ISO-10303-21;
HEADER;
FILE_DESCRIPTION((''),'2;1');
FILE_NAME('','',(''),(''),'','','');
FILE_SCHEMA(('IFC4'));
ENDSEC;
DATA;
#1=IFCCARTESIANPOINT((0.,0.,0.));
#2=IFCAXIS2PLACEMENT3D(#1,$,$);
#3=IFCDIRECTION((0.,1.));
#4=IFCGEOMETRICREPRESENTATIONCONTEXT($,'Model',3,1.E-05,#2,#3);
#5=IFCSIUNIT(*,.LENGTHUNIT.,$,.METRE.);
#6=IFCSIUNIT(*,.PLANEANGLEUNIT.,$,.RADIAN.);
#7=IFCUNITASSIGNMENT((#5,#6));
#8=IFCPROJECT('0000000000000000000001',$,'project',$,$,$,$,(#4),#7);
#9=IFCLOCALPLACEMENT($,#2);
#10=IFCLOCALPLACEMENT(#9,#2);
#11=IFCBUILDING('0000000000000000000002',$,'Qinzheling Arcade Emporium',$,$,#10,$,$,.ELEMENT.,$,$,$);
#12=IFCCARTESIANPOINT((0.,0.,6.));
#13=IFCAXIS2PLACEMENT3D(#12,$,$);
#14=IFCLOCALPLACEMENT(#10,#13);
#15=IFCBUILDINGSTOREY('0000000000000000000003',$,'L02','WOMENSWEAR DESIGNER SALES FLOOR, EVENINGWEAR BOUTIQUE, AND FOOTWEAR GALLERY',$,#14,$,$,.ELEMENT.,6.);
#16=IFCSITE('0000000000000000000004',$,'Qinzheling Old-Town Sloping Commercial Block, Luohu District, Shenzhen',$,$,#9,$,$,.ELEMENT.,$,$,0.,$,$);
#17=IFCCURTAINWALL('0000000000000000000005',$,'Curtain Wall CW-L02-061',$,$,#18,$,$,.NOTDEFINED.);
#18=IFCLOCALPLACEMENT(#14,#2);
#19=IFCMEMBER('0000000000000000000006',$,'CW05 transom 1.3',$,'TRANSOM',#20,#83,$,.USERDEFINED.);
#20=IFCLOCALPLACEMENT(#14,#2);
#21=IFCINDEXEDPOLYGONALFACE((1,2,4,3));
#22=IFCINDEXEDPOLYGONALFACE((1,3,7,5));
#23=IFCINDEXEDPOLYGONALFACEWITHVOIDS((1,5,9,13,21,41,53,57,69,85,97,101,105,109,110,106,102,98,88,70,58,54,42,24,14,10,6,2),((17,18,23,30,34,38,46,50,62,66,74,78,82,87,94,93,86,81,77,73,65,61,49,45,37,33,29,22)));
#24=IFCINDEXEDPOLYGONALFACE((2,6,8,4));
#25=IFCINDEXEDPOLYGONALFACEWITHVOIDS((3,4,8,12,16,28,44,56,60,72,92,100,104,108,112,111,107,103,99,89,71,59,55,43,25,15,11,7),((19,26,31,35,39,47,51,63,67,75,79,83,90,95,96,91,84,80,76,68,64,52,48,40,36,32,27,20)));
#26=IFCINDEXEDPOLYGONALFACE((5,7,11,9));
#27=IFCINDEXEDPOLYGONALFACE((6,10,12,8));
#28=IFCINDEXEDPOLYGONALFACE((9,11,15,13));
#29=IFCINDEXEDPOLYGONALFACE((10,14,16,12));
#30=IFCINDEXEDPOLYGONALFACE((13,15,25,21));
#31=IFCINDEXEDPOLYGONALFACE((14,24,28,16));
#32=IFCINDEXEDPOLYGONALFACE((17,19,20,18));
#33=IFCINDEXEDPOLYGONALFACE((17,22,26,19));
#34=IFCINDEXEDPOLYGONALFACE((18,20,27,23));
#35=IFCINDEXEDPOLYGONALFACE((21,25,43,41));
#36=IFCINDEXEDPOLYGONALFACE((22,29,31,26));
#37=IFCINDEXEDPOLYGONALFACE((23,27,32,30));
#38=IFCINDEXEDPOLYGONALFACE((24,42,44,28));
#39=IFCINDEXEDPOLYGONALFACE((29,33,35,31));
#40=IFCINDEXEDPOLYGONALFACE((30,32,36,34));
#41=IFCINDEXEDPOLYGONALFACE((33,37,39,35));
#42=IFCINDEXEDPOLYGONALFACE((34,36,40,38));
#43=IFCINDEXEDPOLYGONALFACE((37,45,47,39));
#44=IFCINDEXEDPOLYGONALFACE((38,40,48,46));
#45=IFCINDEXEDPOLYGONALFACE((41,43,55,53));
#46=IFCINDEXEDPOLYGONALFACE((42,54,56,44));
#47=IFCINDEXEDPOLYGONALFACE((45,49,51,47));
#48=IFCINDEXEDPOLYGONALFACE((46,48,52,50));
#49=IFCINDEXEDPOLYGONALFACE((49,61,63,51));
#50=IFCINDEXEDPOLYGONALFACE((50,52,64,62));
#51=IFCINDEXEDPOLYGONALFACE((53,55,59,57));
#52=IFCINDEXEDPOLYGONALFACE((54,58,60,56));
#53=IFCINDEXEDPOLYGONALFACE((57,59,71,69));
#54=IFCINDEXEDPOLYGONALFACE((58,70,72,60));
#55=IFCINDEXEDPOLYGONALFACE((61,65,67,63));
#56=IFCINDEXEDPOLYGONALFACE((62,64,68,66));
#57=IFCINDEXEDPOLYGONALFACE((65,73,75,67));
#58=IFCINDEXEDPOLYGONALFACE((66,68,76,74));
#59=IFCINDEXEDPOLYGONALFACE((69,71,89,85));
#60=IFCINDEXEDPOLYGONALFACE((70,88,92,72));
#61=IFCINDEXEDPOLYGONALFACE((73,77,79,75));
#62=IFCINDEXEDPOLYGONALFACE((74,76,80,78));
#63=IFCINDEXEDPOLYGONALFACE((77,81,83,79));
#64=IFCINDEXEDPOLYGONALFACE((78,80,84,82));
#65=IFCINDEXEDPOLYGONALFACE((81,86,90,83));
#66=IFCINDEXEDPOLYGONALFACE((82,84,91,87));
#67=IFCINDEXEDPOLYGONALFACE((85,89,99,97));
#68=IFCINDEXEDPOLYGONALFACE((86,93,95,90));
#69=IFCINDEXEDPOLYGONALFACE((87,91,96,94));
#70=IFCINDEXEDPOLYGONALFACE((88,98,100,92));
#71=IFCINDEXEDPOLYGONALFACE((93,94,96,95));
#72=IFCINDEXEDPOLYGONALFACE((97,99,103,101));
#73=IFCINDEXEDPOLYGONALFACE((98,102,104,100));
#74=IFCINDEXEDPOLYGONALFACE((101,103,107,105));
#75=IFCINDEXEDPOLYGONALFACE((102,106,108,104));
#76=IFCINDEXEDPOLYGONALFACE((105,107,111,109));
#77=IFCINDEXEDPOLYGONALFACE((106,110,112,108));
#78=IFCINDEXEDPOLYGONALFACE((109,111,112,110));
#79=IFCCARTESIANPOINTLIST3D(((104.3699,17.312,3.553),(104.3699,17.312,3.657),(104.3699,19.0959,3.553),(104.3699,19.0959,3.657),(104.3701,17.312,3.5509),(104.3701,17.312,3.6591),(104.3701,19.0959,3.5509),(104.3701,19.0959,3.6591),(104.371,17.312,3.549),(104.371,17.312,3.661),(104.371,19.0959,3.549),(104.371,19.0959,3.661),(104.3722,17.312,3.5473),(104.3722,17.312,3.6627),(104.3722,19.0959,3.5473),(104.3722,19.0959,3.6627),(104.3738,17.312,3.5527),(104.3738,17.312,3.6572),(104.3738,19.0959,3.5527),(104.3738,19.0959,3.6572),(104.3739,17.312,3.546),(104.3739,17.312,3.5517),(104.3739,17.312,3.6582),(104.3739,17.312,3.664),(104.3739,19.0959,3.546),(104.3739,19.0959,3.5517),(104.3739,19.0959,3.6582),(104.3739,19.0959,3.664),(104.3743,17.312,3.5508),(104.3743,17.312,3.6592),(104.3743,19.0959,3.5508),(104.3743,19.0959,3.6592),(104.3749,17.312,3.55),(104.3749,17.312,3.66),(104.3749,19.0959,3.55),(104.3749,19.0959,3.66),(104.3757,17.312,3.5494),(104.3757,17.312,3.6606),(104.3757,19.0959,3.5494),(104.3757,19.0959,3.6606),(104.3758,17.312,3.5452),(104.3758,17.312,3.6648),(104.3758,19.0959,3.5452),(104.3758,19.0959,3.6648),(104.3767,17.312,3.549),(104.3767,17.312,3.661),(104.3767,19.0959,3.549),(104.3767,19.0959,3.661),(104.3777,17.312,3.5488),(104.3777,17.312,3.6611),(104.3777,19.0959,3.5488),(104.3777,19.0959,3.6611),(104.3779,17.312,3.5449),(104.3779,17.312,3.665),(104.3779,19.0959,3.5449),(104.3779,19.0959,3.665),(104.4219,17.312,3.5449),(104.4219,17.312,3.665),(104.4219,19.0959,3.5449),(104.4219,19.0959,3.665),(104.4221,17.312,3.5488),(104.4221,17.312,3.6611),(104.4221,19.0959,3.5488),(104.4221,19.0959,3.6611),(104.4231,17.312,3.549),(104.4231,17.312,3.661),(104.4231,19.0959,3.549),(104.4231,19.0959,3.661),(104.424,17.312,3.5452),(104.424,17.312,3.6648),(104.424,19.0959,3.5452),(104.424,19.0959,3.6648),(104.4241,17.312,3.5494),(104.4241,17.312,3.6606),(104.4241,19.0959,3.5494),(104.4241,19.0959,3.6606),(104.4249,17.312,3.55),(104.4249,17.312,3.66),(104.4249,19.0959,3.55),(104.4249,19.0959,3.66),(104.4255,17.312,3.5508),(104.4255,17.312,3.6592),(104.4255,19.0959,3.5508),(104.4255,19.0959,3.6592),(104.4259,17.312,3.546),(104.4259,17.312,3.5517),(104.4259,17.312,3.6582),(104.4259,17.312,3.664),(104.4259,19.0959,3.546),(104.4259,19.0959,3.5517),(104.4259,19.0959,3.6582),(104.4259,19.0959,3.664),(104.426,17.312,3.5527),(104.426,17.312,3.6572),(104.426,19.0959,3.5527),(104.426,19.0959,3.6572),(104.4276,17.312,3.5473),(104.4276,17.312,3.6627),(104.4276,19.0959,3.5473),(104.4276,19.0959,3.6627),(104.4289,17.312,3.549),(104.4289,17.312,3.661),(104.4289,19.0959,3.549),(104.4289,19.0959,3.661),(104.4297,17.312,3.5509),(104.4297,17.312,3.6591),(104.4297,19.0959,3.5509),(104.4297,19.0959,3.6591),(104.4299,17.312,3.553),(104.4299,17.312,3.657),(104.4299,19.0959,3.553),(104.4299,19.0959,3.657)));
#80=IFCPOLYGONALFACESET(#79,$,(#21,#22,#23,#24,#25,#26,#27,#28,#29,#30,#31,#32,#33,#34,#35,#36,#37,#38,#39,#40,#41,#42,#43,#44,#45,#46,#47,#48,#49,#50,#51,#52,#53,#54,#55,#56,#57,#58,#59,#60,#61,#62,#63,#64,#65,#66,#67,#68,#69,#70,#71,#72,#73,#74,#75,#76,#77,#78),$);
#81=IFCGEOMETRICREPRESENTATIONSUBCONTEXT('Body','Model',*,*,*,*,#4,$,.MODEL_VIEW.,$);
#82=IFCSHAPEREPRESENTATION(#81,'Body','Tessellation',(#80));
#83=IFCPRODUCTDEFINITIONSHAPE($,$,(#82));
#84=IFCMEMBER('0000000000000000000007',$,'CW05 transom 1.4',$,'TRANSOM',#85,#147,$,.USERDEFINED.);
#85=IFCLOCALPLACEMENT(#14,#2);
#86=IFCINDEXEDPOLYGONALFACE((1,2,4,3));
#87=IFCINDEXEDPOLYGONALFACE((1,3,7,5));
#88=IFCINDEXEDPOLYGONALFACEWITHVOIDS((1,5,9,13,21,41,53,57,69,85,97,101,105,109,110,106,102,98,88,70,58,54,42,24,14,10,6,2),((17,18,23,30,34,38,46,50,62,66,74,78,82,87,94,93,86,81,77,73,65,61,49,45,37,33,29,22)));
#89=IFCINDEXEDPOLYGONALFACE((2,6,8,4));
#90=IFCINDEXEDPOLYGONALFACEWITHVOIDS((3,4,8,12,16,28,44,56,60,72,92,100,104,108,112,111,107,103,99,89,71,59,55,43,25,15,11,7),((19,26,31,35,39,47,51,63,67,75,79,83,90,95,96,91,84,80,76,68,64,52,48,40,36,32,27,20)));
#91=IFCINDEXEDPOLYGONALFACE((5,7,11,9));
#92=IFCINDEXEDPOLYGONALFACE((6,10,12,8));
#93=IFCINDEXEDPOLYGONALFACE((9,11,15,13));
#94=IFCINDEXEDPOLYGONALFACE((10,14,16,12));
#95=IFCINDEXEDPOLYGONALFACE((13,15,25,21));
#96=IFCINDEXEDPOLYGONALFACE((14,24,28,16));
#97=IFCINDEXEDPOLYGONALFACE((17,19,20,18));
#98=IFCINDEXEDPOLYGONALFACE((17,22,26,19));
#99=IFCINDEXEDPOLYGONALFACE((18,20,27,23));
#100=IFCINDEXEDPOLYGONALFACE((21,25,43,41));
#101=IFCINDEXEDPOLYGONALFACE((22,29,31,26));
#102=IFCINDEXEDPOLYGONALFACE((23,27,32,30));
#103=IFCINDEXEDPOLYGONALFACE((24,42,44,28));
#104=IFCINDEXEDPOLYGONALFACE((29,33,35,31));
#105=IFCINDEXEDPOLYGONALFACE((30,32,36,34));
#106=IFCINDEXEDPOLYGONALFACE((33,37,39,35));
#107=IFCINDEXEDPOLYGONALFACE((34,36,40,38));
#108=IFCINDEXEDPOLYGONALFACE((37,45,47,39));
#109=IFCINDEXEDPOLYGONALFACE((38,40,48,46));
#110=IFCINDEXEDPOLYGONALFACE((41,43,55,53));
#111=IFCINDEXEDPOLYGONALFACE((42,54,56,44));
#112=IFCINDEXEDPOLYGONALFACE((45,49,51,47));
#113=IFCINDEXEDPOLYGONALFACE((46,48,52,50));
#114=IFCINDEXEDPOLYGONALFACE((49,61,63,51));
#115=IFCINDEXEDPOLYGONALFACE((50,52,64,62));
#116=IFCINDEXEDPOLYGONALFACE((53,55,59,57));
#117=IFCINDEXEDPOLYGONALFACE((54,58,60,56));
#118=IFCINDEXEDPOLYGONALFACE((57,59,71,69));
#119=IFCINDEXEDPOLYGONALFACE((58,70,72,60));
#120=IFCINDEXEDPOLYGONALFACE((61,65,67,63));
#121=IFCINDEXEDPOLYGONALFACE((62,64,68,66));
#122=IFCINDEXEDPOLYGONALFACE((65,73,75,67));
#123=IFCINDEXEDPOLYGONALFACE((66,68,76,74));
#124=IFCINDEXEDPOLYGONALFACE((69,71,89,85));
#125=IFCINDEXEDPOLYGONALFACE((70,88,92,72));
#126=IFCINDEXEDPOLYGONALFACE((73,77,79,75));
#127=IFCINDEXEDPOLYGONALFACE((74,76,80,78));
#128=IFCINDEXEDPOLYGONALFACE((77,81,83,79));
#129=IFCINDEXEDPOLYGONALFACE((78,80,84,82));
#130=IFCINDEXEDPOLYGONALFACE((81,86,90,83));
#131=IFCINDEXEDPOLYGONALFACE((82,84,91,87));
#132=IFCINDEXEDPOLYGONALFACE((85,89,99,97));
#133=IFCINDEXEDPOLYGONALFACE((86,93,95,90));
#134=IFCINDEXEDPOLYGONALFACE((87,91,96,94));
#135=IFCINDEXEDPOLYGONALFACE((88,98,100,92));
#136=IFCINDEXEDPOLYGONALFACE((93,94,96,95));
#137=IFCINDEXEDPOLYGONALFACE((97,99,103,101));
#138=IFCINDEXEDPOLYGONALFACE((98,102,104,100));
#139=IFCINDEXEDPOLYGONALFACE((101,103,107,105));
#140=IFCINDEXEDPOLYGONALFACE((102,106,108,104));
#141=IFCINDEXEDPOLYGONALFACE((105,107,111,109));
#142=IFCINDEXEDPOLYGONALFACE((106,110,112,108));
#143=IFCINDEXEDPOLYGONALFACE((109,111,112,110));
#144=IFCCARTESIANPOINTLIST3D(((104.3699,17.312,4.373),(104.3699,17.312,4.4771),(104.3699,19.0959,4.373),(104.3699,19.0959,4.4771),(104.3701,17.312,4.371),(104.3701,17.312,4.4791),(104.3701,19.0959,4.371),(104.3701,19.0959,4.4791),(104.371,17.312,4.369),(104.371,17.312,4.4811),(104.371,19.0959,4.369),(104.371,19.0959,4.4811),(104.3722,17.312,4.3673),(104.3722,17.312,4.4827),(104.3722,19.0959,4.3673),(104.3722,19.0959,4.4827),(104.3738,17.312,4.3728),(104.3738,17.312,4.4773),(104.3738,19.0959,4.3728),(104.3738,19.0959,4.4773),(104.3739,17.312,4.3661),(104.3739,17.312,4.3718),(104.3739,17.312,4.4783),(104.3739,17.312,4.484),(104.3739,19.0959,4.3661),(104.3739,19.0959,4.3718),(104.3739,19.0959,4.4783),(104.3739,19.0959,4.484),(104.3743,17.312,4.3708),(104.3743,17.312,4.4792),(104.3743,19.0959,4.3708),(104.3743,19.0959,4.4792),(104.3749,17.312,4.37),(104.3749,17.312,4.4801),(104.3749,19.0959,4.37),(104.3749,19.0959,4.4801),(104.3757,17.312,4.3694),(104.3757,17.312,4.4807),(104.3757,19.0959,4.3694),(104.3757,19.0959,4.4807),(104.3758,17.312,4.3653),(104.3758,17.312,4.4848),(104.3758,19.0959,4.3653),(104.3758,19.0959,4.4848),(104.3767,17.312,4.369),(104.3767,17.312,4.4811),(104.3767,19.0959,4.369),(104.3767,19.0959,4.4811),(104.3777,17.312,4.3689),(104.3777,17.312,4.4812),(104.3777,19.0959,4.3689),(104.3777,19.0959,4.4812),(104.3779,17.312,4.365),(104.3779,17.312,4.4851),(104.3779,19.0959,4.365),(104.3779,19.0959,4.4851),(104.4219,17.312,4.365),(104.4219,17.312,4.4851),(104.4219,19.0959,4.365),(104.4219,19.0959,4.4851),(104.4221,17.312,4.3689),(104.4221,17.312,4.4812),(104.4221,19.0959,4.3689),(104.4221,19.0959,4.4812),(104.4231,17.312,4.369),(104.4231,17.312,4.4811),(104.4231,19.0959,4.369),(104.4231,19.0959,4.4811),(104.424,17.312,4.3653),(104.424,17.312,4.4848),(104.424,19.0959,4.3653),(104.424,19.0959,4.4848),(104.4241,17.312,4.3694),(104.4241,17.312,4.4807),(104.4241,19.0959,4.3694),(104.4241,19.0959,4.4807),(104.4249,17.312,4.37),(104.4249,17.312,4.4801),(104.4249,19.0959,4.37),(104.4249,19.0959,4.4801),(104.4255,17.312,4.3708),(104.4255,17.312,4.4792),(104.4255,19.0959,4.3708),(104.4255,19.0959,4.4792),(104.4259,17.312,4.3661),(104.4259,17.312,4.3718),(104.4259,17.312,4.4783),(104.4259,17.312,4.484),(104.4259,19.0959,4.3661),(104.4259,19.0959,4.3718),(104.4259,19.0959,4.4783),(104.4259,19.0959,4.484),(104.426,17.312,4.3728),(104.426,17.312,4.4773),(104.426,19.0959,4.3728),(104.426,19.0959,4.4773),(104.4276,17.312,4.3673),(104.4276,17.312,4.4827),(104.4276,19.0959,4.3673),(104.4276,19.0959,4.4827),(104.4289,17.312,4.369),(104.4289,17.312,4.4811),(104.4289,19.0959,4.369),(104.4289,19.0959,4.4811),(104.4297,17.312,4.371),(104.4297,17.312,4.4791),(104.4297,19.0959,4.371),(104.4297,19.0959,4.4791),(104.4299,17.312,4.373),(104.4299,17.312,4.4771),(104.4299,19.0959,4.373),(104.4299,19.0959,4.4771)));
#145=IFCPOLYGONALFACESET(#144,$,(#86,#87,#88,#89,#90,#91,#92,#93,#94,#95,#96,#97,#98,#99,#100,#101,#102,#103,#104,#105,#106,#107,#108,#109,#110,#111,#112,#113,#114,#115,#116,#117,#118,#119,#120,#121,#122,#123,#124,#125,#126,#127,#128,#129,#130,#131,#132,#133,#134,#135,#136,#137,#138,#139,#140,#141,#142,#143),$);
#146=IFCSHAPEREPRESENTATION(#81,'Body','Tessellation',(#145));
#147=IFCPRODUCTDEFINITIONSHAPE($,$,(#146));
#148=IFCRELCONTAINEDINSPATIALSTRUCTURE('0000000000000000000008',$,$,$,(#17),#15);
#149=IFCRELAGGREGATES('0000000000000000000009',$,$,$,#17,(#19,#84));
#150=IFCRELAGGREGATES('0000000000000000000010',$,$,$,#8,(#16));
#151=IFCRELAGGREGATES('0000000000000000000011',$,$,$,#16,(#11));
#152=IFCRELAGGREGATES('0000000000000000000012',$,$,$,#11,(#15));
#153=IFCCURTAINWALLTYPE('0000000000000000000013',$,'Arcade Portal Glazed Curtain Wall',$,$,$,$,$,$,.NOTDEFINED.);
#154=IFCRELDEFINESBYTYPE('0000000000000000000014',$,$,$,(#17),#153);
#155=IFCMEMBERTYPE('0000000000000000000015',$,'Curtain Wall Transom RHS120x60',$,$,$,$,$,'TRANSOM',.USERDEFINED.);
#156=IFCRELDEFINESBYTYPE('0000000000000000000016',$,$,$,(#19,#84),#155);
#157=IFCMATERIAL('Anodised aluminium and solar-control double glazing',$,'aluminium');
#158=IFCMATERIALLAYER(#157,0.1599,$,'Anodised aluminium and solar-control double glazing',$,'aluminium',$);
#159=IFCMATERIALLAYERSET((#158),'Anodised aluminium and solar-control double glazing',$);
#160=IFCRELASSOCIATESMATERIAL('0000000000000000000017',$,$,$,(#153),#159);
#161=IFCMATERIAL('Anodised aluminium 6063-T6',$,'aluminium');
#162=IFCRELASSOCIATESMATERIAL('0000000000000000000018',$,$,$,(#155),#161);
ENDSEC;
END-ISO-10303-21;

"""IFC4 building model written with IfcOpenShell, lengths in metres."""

from ifc_helpers import new_model, si_unit, direction, frame, origin, origin_2d, place, context, subcontext, project, spatial, hollow_rectangle, extrude, material, layer, layer_set, material_profile, profile_set, type_object, element, aggregate, save


model = new_model("IFC4")

# Units and contexts
model_context = context("Model", 3, precision=1e-05, world=origin(), true_north=direction((0.0, 1.0)))
body_context = subcontext(model_context, "Body", "Model", "MODEL_VIEW")
ifc_project = project(units=[si_unit("LENGTHUNIT", "METRE"), si_unit("PLANEANGLEUNIT", "RADIAN")], contexts=[model_context])

# Site, building, storey
site_placement = place(None, origin())
site = spatial("IfcSite", under=ifc_project, at=site_placement, Name="Qinzheling Old-Town Sloping Commercial Block, Luohu District, Shenzhen", CompositionType="ELEMENT", RefElevation=0.0)
building_placement = place(site_placement, origin())
building = spatial("IfcBuilding", under=site, at=building_placement, Name="Qinzheling Arcade Emporium", CompositionType="ELEMENT")
storey_placement = place(building_placement, frame((0.0, 0.0, 6.0)))
storey = spatial("IfcBuildingStorey", under=building, at=storey_placement, Name="L02", Description="WOMENSWEAR DESIGNER SALES FLOOR, EVENINGWEAR BOUTIQUE, AND FOOTWEAR GALLERY", CompositionType="ELEMENT", Elevation=6.0)

# Curtain wall, members
ifc_material_1 = material(Name="Anodised aluminium and solar-control double glazing", Category="aluminium")
ifc_layer_1 = layer(ifc_material_1, 0.1599, Name="Anodised aluminium and solar-control double glazing", Category="aluminium")
ifc_layer_set_1 = layer_set([ifc_layer_1], Name="Anodised aluminium and solar-control double glazing")
curtain_wall_type = type_object("IfcCurtainWallType", Name="Arcade Portal Glazed Curtain Wall", PredefinedType="NOTDEFINED", material=ifc_layer_set_1)
curtain_wall_placement = place(storey_placement, origin())
curtain_wall = element("IfcCurtainWall", 1, at=curtain_wall_placement, inside=storey, type_object=curtain_wall_type, Name="Curtain Wall CW-L02-061", PredefinedType="NOTDEFINED")
ifc_material_2 = material(Name="Anodised aluminium 6063-T6", Category="aluminium")
ifc_material_profile_1 = material_profile(ifc_material_2, hollow_rectangle(XDim=0.0601, YDim=0.1201, WallThickness=0.0039, InnerFilletRadius=0.0039, OuterFilletRadius=0.0081, at=origin_2d()), Name="RHS 120x60x4", Category="aluminium")
ifc_profile_set_1 = profile_set([ifc_material_profile_1], Name="Anodised aluminium 6063-T6")
member_type_1 = type_object("IfcMemberType", Name="Curtain Wall Transom RHS120x60", ElementType="TRANSOM", PredefinedType="USERDEFINED", material=ifc_profile_set_1)
member_1_placement = place(storey_placement, frame((104.3999, 17.312, 3.605), z_axis=(0.0, 1.0, 0.0), x_axis=(-1.0, 0.0, 0.0)))
member_1 = element("IfcMember", 2, at=member_1_placement, type_object=member_type_1, Name="CW05 transom 1.3", ObjectType="TRANSOM", PredefinedType="USERDEFINED", context=body_context, shape_type="SweptSolid", body=[
    extrude(hollow_rectangle(XDim=0.0601, YDim=0.1201, WallThickness=0.0039, InnerFilletRadius=0.0039, OuterFilletRadius=0.0081, at=origin_2d()), origin(), (0.0, 0.0, 1.0), 1.7839),
])
member_2_placement = place(storey_placement, frame((104.3999, 17.312, 4.425), z_axis=(0.0, 1.0, 0.0), x_axis=(-1.0, 0.0, 0.0)))
member_2 = element("IfcMember", 3, at=member_2_placement, type_object=member_type_1, Name="CW05 transom 1.4", ObjectType="TRANSOM", PredefinedType="USERDEFINED", context=body_context, shape_type="SweptSolid", body=[
    extrude(hollow_rectangle(XDim=0.0601, YDim=0.1201, WallThickness=0.0039, InnerFilletRadius=0.0039, OuterFilletRadius=0.0081, at=origin_2d()), origin(), (0.0, 0.0, 1.0), 1.7839),
])

aggregate(curtain_wall, [member_1, member_2])

save(model, "model.ifc")
